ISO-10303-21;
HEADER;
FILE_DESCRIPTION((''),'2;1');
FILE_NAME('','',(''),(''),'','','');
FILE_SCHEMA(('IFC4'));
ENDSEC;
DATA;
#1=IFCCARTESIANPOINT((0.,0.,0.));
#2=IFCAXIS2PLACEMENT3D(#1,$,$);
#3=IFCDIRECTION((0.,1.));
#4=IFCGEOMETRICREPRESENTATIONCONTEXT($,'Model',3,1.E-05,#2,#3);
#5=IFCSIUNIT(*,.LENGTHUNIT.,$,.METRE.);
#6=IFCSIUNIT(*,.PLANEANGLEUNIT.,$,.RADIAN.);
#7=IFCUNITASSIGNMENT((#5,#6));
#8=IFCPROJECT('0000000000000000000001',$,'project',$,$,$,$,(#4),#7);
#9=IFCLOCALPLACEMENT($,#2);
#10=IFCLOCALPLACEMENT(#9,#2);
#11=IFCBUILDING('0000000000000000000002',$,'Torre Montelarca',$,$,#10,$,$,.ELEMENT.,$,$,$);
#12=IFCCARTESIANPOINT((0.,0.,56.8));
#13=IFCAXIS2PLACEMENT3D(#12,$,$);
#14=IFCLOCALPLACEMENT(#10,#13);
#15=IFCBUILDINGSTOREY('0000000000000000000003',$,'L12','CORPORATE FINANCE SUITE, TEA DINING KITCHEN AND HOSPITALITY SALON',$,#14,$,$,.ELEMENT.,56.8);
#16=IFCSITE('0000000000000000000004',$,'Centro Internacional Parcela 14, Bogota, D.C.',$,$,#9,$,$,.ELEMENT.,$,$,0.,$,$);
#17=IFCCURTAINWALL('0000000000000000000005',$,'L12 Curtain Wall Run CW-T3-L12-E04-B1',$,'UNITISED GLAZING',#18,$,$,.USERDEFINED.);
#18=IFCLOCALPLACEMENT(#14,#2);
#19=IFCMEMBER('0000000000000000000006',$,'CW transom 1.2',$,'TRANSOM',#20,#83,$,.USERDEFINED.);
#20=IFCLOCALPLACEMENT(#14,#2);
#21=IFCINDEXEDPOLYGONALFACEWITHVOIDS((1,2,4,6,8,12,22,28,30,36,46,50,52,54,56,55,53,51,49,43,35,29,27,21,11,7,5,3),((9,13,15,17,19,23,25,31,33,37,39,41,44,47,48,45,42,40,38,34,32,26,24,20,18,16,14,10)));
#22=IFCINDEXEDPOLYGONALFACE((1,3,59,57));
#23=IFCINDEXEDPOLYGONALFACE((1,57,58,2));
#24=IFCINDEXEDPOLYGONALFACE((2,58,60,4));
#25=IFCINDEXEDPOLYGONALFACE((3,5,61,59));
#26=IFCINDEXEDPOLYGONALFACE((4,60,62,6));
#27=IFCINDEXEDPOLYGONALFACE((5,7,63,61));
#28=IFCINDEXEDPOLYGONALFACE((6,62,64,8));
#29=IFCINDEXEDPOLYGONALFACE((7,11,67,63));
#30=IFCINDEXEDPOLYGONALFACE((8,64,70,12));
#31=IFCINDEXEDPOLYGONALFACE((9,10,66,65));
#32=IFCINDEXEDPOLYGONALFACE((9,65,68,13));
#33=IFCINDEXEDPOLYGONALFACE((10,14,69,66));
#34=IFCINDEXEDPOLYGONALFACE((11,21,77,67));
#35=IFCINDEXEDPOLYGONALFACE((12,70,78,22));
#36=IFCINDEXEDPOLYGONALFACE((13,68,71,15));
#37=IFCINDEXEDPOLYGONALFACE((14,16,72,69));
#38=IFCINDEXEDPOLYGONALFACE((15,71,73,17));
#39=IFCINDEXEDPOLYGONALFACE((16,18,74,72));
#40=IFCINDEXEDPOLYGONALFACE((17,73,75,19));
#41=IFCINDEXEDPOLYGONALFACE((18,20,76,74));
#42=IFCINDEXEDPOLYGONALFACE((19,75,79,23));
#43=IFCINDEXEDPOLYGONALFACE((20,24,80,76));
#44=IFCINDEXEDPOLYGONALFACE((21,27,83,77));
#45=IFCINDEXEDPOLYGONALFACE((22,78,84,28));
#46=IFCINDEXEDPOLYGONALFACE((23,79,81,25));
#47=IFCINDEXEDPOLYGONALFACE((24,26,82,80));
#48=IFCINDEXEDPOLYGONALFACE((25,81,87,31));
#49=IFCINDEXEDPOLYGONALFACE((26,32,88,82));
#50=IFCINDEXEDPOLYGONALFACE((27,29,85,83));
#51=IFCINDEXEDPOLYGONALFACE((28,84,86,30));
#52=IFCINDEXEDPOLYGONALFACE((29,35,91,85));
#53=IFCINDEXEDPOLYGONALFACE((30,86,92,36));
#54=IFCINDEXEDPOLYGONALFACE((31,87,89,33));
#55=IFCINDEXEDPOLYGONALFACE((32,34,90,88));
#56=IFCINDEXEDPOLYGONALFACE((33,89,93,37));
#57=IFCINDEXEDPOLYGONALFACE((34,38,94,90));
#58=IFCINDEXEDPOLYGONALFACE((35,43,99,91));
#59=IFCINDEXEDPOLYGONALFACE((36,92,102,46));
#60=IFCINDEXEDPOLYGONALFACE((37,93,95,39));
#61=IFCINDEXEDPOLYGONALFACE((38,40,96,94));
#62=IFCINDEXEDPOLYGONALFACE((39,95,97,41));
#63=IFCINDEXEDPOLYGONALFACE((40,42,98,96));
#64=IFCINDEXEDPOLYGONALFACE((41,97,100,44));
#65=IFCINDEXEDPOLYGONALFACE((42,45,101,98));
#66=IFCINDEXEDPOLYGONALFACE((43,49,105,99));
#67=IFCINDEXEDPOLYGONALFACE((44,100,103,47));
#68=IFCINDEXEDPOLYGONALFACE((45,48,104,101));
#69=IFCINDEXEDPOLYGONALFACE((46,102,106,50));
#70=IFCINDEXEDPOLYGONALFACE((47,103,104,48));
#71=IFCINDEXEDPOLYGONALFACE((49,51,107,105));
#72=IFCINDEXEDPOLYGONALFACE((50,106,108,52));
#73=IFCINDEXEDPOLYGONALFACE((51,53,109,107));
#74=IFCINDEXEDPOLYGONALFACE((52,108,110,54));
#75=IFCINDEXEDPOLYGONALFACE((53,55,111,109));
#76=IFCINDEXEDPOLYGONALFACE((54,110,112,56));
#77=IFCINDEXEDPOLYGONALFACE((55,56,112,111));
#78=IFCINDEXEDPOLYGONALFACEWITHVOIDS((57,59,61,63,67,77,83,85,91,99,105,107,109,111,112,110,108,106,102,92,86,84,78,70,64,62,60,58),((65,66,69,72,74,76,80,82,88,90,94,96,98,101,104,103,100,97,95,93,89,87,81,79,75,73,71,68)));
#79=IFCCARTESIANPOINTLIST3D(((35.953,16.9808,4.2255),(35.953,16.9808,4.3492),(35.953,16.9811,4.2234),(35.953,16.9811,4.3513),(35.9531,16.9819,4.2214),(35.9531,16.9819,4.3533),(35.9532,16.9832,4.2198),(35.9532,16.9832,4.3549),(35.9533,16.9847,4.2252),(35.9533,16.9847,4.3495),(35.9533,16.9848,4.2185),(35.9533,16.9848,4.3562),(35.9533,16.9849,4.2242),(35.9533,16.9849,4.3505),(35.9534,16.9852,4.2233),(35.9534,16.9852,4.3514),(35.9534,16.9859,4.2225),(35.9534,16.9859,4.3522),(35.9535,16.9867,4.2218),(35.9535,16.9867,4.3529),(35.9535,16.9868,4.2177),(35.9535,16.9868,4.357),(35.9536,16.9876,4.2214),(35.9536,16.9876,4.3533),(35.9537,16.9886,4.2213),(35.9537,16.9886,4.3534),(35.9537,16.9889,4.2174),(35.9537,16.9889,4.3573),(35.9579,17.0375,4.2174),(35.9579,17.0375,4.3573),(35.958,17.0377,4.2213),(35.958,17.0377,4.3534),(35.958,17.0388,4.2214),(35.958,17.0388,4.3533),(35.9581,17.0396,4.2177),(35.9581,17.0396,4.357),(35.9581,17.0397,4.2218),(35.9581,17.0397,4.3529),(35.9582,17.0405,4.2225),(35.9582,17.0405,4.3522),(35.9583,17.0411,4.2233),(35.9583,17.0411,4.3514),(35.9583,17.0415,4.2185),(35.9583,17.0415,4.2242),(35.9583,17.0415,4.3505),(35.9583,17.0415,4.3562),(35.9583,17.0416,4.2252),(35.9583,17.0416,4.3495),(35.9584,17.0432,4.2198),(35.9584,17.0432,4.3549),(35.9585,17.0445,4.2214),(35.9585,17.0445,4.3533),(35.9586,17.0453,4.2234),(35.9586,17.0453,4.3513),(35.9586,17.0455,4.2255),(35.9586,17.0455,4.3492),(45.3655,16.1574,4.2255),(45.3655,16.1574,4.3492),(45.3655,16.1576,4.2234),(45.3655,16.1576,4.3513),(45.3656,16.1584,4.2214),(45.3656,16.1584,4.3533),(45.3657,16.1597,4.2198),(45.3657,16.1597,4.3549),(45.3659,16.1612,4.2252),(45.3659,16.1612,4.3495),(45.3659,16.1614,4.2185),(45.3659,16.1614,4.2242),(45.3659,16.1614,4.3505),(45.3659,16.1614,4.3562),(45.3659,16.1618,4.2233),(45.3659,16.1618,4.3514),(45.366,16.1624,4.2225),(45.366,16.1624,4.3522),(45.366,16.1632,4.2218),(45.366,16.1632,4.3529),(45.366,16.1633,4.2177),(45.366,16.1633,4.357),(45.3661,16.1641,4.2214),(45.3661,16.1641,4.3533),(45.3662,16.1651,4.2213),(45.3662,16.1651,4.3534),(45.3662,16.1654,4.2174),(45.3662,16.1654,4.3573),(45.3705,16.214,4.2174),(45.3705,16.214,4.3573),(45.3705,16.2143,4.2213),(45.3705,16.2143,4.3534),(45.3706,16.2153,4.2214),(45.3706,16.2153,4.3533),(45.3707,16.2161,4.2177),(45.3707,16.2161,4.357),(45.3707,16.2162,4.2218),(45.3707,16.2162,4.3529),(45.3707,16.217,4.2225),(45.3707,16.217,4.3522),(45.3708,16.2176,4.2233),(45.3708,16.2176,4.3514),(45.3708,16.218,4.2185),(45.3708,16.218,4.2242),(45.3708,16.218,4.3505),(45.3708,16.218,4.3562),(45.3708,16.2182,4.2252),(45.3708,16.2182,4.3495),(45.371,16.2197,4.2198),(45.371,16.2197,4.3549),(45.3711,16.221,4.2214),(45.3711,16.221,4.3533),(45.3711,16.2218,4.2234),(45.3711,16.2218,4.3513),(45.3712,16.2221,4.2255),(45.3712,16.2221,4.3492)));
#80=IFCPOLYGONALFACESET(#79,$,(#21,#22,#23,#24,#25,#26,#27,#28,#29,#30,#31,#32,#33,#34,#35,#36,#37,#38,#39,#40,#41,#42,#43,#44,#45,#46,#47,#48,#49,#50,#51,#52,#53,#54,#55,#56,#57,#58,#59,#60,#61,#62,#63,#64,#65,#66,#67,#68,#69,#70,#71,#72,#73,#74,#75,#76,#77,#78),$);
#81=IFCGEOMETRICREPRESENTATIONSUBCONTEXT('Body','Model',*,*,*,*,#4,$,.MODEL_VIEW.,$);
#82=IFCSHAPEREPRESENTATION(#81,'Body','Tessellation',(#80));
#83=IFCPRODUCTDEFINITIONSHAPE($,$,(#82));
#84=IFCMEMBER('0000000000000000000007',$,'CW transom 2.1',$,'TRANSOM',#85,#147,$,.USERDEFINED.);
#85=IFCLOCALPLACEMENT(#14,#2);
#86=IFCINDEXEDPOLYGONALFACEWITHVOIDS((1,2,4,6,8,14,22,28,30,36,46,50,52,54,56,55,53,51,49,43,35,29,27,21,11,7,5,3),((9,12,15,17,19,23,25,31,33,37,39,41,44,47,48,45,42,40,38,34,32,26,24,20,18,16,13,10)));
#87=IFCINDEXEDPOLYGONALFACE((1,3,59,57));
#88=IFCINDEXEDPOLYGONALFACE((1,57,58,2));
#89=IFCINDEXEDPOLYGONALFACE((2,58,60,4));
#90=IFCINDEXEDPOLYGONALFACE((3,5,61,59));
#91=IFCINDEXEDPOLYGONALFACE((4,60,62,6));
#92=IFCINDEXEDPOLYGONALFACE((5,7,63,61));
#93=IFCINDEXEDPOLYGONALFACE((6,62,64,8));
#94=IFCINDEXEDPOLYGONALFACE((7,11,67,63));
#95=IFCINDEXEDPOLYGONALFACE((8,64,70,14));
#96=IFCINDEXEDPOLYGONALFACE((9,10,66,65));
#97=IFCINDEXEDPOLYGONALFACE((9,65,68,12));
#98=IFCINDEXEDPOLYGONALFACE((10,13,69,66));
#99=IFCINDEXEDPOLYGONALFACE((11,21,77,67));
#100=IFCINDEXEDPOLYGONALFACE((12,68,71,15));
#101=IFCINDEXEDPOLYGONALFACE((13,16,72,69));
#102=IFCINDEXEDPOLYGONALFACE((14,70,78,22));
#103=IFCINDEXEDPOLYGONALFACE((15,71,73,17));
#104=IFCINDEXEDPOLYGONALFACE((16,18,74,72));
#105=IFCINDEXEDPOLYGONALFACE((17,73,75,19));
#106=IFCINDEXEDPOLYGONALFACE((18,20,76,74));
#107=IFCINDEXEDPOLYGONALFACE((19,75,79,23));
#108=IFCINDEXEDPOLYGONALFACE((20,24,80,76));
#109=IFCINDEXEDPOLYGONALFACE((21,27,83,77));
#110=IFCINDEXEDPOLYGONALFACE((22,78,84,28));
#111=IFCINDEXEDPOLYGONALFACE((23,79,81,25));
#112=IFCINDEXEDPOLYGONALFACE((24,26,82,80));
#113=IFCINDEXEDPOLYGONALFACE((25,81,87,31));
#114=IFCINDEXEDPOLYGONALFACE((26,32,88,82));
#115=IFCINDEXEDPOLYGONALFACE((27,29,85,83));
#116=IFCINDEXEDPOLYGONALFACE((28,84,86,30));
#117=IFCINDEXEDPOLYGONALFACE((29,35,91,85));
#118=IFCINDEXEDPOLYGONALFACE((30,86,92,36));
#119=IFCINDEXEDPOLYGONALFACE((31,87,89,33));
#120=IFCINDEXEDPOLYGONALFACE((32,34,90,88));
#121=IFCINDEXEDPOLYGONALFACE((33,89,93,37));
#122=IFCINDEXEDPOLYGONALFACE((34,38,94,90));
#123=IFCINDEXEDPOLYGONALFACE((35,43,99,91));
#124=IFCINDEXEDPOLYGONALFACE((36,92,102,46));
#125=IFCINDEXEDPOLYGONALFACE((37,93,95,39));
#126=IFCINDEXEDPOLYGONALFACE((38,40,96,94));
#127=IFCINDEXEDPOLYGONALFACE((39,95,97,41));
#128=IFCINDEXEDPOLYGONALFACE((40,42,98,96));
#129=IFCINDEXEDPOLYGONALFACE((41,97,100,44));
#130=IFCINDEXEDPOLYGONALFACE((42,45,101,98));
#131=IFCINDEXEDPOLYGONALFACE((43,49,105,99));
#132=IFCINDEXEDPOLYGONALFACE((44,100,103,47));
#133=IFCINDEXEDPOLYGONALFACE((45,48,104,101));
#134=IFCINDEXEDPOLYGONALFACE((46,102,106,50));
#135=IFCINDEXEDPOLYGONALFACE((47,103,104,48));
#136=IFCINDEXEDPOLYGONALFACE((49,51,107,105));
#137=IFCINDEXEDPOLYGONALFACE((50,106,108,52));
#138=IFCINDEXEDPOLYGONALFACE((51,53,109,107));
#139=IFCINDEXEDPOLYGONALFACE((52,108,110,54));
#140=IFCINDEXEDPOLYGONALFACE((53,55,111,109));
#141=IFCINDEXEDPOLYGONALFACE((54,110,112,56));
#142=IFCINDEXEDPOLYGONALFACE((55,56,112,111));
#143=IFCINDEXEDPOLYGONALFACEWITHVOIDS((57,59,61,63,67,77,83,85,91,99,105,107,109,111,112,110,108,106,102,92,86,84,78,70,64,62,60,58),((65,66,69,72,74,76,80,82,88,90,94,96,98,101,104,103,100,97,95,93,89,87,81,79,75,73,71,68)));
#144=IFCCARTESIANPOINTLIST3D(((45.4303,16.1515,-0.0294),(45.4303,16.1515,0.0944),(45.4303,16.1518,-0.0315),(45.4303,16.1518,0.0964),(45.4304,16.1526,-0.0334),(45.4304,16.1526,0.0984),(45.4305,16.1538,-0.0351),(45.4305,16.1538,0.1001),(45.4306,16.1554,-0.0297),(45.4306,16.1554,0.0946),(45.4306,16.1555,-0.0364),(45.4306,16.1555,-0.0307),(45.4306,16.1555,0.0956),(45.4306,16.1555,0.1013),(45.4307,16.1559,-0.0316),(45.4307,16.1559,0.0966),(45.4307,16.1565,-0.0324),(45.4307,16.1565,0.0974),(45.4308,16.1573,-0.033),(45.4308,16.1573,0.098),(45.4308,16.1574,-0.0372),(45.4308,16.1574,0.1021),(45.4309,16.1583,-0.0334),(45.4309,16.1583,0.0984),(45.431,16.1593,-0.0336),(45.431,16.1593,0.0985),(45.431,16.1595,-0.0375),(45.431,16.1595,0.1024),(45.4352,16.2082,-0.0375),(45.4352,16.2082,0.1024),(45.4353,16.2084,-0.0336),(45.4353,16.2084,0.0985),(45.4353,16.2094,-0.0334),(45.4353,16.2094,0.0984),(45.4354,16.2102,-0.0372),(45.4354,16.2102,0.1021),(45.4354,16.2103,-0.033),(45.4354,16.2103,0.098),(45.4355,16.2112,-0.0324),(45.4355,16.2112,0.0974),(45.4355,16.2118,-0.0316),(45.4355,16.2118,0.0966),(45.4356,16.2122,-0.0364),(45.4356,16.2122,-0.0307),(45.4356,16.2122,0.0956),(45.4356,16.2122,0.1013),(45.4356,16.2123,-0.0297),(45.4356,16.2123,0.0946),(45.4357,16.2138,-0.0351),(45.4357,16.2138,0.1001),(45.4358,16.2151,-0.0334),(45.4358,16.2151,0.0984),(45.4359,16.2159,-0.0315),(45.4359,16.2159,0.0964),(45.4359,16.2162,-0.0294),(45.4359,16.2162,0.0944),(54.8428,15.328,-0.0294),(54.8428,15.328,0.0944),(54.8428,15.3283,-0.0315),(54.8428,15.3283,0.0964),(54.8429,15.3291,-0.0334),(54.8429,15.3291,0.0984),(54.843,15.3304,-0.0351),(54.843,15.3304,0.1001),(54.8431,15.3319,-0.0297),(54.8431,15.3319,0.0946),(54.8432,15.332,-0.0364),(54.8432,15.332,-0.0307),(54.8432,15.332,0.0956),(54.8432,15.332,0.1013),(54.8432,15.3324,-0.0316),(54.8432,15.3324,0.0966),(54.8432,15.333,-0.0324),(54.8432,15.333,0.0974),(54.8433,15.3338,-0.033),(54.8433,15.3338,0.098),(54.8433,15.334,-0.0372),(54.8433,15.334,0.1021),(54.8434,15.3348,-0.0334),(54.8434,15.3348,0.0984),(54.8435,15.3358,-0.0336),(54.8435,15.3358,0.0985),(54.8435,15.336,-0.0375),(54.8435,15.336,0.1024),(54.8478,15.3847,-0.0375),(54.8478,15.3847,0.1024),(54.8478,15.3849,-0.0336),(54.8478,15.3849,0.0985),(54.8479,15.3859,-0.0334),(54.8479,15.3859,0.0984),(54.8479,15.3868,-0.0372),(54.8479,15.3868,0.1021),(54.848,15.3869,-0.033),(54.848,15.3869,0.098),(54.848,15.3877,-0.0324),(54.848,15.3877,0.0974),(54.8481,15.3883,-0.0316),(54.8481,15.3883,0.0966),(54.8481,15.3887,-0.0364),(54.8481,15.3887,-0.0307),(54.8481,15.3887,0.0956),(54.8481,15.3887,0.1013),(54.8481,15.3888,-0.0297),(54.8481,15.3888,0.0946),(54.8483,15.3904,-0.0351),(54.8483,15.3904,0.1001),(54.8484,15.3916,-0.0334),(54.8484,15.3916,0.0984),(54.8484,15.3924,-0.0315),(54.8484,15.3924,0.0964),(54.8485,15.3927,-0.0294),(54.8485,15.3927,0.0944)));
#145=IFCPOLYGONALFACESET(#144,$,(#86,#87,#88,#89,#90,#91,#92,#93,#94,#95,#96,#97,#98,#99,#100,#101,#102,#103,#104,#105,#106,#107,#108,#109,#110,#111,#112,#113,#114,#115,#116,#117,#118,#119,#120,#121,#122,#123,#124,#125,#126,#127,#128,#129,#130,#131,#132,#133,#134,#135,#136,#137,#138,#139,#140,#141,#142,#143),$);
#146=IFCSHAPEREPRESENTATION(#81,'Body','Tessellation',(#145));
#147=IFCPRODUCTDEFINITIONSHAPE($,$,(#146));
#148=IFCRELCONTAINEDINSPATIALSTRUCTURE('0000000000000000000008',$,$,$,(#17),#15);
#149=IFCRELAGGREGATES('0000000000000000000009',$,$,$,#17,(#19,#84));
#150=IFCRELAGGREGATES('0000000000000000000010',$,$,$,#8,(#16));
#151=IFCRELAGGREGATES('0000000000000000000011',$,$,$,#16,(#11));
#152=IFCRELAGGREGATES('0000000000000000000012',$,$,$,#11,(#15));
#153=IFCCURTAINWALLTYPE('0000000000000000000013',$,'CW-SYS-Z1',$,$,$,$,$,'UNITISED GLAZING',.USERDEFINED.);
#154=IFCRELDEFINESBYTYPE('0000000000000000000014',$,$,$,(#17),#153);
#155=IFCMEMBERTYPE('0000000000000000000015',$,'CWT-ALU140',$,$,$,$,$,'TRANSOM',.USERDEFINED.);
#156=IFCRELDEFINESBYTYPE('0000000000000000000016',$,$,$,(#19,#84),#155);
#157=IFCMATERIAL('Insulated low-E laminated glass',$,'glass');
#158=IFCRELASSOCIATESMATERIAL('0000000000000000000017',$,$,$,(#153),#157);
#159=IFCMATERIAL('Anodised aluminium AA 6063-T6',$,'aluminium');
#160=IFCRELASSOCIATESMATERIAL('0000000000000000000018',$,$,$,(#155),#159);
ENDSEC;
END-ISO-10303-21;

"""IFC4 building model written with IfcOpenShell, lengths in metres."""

from ifc_helpers import new_model, si_unit, direction, frame, origin, origin_2d, place, context, subcontext, project, spatial, hollow_rectangle, extrude, source, transform, mapped, material, material_profile, profile_set, type_object, element, aggregate, save


model = new_model("IFC4")

# Units and contexts
model_context = context("Model", 3, precision=1e-05, world=origin(), true_north=direction((0.0, 1.0)))
body_context = subcontext(model_context, "Body", "Model", "MODEL_VIEW")
ifc_project = project(units=[si_unit("LENGTHUNIT", "METRE"), si_unit("PLANEANGLEUNIT", "RADIAN")], contexts=[model_context])

# Site, building, storey
site_placement = place(None, origin())
site = spatial("IfcSite", under=ifc_project, at=site_placement, Name="Centro Internacional Parcela 14, Bogota, D.C.", CompositionType="ELEMENT", RefElevation=0.0)
building_placement = place(site_placement, origin())
building = spatial("IfcBuilding", under=site, at=building_placement, Name="Torre Montelarca", CompositionType="ELEMENT")
storey_placement = place(building_placement, frame((0.0, 0.0, 56.8)))
storey = spatial("IfcBuildingStorey", under=building, at=storey_placement, Name="L12", Description="CORPORATE FINANCE SUITE, TEA DINING KITCHEN AND HOSPITALITY SALON", CompositionType="ELEMENT", Elevation=56.8)

# Shared definitions
ifc_material_1 = material(Name="Insulated low-E laminated glass", Category="glass")
curtain_wall_type = type_object("IfcCurtainWallType", Name="CW-SYS-Z1", ElementType="UNITISED GLAZING", PredefinedType="USERDEFINED", material=ifc_material_1)
ifc_material_2 = material(Name="Anodised aluminium AA 6063-T6", Category="aluminium")

# Curtain wall
curtain_wall_1_placement = place(storey_placement, origin())
curtain_wall_1 = element("IfcCurtainWall", 1, at=curtain_wall_1_placement, inside=storey, type_object=curtain_wall_type, Name="L12 Curtain Wall Run CW-T3-L12-E04-B1", ObjectType="UNITISED GLAZING", PredefinedType="USERDEFINED")

# Members
ifc_material_profile_1 = material_profile(ifc_material_2, hollow_rectangle(XDim=0.0649, YDim=0.1399, WallThickness=0.0039, InnerFilletRadius=0.0039, OuterFilletRadius=0.0081, at=origin_2d()), Name="ALU65X140X4", Category="aluminium")
ifc_profile_set_1 = profile_set([ifc_material_profile_1], Name="Anodised aluminium AA 6063-T6")
member_type_1 = type_object("IfcMemberType", Name="CWT-ALU140", ElementType="TRANSOM", PredefinedType="USERDEFINED", material=ifc_profile_set_1)
shared_shape_1 = source(origin(), body_context, "Body", "SweptSolid", [
    extrude(hollow_rectangle(XDim=0.0649, YDim=0.1399, WallThickness=0.0039, InnerFilletRadius=0.0039, OuterFilletRadius=0.0081, at=origin_2d()), origin(), (0.0, 0.0, 1.0), 9.4485),
])
member_1_placement = place(storey_placement, frame((35.9558, 17.0132, 4.2874), z_axis=(0.996195, -0.087155, 0.0), x_axis=(0.087155, 0.996195, 0.0)))
member_1 = element("IfcMember", 2, at=member_1_placement, type_object=member_type_1, Name="CW transom 1.2", ObjectType="TRANSOM", PredefinedType="USERDEFINED", context=body_context, shape_type="MappedRepresentation", body=[
    mapped(shared_shape_1, transform((0.0, 0.0, 0.0), scale=1.0)),
])
member_2_placement = place(storey_placement, frame((45.4331, 16.1838, 0.0325), z_axis=(0.996195, -0.087155, 0.0), x_axis=(0.087155, 0.996195, 0.0)))
member_2 = element("IfcMember", 3, at=member_2_placement, type_object=member_type_1, Name="CW transom 2.1", ObjectType="TRANSOM", PredefinedType="USERDEFINED", context=body_context, shape_type="MappedRepresentation", body=[
    mapped(shared_shape_1, transform((0.0, 0.0, 0.0), scale=1.0)),
])

aggregate(curtain_wall_1, [member_1, member_2])

save(model, "model.ifc")
